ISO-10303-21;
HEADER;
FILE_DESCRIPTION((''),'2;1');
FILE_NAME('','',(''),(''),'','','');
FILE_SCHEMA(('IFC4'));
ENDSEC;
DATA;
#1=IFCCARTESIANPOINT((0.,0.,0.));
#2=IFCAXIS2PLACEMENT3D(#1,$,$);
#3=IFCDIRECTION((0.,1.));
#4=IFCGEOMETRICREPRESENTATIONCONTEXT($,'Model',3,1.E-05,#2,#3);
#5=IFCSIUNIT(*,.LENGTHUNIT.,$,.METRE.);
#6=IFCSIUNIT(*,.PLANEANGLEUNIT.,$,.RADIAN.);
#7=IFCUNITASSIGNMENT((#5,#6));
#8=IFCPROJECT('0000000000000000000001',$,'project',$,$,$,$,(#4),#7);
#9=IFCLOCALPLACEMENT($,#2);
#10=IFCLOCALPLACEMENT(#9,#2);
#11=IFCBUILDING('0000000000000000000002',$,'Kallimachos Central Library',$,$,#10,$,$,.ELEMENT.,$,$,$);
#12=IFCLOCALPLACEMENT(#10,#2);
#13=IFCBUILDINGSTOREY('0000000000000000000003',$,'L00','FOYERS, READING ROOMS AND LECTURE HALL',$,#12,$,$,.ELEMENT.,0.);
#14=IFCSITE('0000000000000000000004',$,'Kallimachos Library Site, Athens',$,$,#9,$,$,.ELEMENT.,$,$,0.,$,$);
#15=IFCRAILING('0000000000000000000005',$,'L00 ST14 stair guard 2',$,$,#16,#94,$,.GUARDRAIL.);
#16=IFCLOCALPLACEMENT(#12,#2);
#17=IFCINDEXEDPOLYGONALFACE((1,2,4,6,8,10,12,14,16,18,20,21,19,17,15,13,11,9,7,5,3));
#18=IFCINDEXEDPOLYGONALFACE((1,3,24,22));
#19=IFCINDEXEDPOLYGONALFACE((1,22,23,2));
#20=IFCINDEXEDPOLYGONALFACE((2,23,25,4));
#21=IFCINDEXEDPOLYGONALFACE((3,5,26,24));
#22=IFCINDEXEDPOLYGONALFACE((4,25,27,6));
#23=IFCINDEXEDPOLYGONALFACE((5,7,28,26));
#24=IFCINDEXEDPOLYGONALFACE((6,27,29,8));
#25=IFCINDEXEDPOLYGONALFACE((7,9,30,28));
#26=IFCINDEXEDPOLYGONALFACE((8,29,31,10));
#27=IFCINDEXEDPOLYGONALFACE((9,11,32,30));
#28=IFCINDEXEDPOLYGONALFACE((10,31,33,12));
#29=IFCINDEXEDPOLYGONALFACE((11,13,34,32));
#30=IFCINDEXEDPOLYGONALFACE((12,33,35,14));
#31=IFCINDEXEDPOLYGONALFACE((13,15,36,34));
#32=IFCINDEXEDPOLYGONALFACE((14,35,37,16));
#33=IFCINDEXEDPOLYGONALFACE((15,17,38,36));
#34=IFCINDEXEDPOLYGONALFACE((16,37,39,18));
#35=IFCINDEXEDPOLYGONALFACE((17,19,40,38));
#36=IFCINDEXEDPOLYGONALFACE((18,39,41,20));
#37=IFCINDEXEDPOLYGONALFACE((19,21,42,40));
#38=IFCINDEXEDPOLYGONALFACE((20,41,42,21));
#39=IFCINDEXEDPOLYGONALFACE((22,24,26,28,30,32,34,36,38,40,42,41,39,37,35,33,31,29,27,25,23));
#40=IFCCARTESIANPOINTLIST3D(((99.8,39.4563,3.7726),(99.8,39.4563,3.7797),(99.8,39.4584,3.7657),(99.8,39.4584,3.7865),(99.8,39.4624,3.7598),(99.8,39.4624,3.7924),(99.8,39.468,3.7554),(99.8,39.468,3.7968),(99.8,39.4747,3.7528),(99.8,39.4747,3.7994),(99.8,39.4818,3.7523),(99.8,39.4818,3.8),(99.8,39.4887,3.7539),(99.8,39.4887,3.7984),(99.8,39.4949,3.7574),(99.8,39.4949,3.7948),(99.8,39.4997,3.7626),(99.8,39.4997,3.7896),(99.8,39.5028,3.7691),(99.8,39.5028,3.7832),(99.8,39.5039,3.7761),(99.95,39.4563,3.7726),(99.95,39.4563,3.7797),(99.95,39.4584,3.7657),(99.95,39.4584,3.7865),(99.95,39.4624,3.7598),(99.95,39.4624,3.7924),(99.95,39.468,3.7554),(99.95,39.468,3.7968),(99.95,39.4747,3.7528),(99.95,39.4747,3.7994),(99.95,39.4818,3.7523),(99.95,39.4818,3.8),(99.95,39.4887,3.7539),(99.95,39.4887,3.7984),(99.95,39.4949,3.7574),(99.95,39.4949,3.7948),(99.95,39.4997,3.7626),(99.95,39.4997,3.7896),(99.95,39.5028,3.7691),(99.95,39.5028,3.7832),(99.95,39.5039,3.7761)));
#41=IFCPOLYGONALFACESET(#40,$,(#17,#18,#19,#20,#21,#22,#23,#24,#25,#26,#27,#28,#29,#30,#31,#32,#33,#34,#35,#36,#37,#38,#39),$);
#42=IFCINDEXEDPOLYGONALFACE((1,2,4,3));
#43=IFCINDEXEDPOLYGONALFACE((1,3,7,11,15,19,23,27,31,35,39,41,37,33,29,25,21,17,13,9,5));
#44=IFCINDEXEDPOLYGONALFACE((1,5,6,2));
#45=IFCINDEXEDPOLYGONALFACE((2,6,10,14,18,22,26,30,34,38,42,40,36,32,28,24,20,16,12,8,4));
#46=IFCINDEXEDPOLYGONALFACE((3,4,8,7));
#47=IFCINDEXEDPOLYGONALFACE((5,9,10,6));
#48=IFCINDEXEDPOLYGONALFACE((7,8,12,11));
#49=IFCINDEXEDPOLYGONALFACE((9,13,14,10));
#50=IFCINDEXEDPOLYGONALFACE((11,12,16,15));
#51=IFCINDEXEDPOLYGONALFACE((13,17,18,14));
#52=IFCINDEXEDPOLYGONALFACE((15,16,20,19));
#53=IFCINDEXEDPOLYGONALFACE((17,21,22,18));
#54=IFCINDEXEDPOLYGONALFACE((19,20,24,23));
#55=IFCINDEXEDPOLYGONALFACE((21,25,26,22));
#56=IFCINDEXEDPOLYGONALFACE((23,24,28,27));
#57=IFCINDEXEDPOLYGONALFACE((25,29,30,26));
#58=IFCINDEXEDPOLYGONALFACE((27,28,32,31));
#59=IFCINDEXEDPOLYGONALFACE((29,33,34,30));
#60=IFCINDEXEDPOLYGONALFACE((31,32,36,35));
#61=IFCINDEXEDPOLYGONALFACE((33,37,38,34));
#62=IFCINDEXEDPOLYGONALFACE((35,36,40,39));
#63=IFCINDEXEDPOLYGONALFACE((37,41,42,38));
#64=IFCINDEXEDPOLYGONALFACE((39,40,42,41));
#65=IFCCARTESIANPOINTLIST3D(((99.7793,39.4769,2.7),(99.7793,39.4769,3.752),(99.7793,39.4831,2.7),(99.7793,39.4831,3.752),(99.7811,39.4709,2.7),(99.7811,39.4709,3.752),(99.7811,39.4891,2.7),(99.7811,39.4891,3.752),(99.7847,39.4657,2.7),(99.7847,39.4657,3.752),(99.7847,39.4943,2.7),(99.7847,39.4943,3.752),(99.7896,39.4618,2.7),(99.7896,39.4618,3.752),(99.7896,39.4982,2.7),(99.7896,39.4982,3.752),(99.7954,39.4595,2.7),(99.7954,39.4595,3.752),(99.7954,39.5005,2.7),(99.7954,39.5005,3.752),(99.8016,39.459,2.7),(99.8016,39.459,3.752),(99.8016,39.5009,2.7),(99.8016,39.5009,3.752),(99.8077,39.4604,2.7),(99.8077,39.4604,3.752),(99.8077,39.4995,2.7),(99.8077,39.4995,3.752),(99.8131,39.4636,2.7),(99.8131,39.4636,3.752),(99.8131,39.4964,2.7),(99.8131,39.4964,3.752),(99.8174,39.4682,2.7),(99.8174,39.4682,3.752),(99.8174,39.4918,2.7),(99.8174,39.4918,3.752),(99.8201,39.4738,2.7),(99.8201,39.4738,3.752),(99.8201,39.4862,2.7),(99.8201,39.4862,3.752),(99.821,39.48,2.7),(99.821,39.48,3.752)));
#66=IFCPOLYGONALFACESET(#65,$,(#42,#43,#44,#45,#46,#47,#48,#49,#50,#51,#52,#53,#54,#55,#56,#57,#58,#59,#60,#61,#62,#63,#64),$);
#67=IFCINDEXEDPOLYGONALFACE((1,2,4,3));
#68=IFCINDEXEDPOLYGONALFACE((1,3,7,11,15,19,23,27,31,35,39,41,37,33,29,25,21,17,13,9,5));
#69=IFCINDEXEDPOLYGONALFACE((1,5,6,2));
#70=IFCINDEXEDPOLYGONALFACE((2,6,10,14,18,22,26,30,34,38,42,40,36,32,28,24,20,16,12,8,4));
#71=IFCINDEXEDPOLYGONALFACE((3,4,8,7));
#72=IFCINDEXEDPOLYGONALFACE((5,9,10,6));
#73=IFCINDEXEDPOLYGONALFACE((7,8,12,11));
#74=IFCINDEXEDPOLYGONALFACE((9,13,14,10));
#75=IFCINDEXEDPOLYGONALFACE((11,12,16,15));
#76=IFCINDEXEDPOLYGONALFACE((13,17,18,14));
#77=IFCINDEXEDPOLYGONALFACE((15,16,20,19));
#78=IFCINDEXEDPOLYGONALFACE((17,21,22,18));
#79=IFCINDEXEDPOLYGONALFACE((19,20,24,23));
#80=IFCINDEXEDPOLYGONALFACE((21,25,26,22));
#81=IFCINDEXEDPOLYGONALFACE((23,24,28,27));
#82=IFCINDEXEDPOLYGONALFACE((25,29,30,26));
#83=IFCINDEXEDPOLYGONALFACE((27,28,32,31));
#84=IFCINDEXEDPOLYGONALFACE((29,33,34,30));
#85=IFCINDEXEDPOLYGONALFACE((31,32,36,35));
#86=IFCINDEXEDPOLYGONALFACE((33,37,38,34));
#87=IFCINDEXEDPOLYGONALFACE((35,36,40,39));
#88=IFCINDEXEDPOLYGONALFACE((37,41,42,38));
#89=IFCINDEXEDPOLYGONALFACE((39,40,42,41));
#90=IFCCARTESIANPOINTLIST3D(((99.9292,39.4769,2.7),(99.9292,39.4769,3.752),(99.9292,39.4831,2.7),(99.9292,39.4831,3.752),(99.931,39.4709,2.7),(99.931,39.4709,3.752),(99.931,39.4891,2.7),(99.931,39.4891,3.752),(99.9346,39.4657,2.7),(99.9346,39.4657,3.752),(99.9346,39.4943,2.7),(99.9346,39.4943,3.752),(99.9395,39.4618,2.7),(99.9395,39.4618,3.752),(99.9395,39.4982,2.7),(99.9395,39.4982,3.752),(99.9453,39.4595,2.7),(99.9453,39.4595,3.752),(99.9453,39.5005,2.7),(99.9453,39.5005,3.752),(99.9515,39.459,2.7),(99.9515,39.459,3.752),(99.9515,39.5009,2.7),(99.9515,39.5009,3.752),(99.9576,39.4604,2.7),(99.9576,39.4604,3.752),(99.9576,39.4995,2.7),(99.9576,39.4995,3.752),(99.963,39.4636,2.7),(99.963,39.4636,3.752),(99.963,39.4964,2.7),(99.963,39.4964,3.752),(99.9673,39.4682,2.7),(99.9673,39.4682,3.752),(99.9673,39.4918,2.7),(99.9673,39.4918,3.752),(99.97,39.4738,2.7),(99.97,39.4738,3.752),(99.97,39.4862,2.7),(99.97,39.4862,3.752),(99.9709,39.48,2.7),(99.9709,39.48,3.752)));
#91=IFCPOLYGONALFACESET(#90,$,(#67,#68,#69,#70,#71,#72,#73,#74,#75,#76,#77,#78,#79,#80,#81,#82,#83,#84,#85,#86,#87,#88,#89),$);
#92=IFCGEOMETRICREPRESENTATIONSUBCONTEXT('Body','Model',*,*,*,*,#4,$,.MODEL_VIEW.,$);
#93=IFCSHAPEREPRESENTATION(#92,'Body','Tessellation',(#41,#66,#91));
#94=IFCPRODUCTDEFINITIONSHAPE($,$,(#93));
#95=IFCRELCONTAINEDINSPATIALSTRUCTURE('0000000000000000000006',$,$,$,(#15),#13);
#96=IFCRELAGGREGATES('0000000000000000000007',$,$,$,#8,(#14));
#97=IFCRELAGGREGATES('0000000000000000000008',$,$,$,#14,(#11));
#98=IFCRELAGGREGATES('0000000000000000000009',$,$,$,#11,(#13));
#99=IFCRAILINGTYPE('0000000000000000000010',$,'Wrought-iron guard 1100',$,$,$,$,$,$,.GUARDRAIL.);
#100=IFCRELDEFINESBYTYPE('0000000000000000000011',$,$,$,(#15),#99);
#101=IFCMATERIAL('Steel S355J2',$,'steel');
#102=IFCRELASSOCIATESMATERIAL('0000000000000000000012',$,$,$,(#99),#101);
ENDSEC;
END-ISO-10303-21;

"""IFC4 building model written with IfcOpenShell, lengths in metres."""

from ifc_helpers import new_model, si_unit, direction, frame, origin, origin_2d, place, context, subcontext, project, spatial, circle, extrude, material, type_object, element, save


model = new_model("IFC4")

# Units and contexts
model_context = context("Model", 3, precision=1e-05, world=origin(), true_north=direction((0.0, 1.0)))
body_context = subcontext(model_context, "Body", "Model", "MODEL_VIEW")
ifc_project = project(units=[si_unit("LENGTHUNIT", "METRE"), si_unit("PLANEANGLEUNIT", "RADIAN")], contexts=[model_context])

# Site, building, storey
site_placement = place(None, origin())
site = spatial("IfcSite", under=ifc_project, at=site_placement, Name="Kallimachos Library Site, Athens", CompositionType="ELEMENT", RefElevation=0.0)
building_placement = place(site_placement, origin())
building = spatial("IfcBuilding", under=site, at=building_placement, Name="Kallimachos Central Library", CompositionType="ELEMENT")
storey_placement = place(building_placement, origin())
storey = spatial("IfcBuildingStorey", under=building, at=storey_placement, Name="L00", Description="FOYERS, READING ROOMS AND LECTURE HALL", CompositionType="ELEMENT", Elevation=0.0)

# Railing
ifc_material_1 = material(Name="Steel S355J2", Category="steel")
railing_type = type_object("IfcRailingType", Name="Wrought-iron guard 1100", PredefinedType="GUARDRAIL", material=ifc_material_1)
railing_1_placement = place(storey_placement, frame((99.8, 39.48, 2.7)))
element("IfcRailing", 1, at=railing_1_placement, inside=storey, type_object=railing_type, Name="L00 ST14 stair guard 2", PredefinedType="GUARDRAIL", context=body_context, shape_type="SweptSolid", body=[
    extrude(circle(Radius=0.0239, at=origin_2d()), frame((0.0, 0.0, 1.0762), z_axis=(1.0, 0.0, 0.0), x_axis=(0.0, 1.0, 0.0)), (0.0, 0.0, 1.0), 0.1499),
    extrude(circle(Radius=0.021, at=origin_2d()), origin(), (0.0, 0.0, 1.0), 1.052),
    extrude(circle(Radius=0.021, at=origin_2d()), frame((0.1499, 0.0, 0.0)), (0.0, 0.0, 1.0), 1.052),
])

save(model, "model.ifc")
